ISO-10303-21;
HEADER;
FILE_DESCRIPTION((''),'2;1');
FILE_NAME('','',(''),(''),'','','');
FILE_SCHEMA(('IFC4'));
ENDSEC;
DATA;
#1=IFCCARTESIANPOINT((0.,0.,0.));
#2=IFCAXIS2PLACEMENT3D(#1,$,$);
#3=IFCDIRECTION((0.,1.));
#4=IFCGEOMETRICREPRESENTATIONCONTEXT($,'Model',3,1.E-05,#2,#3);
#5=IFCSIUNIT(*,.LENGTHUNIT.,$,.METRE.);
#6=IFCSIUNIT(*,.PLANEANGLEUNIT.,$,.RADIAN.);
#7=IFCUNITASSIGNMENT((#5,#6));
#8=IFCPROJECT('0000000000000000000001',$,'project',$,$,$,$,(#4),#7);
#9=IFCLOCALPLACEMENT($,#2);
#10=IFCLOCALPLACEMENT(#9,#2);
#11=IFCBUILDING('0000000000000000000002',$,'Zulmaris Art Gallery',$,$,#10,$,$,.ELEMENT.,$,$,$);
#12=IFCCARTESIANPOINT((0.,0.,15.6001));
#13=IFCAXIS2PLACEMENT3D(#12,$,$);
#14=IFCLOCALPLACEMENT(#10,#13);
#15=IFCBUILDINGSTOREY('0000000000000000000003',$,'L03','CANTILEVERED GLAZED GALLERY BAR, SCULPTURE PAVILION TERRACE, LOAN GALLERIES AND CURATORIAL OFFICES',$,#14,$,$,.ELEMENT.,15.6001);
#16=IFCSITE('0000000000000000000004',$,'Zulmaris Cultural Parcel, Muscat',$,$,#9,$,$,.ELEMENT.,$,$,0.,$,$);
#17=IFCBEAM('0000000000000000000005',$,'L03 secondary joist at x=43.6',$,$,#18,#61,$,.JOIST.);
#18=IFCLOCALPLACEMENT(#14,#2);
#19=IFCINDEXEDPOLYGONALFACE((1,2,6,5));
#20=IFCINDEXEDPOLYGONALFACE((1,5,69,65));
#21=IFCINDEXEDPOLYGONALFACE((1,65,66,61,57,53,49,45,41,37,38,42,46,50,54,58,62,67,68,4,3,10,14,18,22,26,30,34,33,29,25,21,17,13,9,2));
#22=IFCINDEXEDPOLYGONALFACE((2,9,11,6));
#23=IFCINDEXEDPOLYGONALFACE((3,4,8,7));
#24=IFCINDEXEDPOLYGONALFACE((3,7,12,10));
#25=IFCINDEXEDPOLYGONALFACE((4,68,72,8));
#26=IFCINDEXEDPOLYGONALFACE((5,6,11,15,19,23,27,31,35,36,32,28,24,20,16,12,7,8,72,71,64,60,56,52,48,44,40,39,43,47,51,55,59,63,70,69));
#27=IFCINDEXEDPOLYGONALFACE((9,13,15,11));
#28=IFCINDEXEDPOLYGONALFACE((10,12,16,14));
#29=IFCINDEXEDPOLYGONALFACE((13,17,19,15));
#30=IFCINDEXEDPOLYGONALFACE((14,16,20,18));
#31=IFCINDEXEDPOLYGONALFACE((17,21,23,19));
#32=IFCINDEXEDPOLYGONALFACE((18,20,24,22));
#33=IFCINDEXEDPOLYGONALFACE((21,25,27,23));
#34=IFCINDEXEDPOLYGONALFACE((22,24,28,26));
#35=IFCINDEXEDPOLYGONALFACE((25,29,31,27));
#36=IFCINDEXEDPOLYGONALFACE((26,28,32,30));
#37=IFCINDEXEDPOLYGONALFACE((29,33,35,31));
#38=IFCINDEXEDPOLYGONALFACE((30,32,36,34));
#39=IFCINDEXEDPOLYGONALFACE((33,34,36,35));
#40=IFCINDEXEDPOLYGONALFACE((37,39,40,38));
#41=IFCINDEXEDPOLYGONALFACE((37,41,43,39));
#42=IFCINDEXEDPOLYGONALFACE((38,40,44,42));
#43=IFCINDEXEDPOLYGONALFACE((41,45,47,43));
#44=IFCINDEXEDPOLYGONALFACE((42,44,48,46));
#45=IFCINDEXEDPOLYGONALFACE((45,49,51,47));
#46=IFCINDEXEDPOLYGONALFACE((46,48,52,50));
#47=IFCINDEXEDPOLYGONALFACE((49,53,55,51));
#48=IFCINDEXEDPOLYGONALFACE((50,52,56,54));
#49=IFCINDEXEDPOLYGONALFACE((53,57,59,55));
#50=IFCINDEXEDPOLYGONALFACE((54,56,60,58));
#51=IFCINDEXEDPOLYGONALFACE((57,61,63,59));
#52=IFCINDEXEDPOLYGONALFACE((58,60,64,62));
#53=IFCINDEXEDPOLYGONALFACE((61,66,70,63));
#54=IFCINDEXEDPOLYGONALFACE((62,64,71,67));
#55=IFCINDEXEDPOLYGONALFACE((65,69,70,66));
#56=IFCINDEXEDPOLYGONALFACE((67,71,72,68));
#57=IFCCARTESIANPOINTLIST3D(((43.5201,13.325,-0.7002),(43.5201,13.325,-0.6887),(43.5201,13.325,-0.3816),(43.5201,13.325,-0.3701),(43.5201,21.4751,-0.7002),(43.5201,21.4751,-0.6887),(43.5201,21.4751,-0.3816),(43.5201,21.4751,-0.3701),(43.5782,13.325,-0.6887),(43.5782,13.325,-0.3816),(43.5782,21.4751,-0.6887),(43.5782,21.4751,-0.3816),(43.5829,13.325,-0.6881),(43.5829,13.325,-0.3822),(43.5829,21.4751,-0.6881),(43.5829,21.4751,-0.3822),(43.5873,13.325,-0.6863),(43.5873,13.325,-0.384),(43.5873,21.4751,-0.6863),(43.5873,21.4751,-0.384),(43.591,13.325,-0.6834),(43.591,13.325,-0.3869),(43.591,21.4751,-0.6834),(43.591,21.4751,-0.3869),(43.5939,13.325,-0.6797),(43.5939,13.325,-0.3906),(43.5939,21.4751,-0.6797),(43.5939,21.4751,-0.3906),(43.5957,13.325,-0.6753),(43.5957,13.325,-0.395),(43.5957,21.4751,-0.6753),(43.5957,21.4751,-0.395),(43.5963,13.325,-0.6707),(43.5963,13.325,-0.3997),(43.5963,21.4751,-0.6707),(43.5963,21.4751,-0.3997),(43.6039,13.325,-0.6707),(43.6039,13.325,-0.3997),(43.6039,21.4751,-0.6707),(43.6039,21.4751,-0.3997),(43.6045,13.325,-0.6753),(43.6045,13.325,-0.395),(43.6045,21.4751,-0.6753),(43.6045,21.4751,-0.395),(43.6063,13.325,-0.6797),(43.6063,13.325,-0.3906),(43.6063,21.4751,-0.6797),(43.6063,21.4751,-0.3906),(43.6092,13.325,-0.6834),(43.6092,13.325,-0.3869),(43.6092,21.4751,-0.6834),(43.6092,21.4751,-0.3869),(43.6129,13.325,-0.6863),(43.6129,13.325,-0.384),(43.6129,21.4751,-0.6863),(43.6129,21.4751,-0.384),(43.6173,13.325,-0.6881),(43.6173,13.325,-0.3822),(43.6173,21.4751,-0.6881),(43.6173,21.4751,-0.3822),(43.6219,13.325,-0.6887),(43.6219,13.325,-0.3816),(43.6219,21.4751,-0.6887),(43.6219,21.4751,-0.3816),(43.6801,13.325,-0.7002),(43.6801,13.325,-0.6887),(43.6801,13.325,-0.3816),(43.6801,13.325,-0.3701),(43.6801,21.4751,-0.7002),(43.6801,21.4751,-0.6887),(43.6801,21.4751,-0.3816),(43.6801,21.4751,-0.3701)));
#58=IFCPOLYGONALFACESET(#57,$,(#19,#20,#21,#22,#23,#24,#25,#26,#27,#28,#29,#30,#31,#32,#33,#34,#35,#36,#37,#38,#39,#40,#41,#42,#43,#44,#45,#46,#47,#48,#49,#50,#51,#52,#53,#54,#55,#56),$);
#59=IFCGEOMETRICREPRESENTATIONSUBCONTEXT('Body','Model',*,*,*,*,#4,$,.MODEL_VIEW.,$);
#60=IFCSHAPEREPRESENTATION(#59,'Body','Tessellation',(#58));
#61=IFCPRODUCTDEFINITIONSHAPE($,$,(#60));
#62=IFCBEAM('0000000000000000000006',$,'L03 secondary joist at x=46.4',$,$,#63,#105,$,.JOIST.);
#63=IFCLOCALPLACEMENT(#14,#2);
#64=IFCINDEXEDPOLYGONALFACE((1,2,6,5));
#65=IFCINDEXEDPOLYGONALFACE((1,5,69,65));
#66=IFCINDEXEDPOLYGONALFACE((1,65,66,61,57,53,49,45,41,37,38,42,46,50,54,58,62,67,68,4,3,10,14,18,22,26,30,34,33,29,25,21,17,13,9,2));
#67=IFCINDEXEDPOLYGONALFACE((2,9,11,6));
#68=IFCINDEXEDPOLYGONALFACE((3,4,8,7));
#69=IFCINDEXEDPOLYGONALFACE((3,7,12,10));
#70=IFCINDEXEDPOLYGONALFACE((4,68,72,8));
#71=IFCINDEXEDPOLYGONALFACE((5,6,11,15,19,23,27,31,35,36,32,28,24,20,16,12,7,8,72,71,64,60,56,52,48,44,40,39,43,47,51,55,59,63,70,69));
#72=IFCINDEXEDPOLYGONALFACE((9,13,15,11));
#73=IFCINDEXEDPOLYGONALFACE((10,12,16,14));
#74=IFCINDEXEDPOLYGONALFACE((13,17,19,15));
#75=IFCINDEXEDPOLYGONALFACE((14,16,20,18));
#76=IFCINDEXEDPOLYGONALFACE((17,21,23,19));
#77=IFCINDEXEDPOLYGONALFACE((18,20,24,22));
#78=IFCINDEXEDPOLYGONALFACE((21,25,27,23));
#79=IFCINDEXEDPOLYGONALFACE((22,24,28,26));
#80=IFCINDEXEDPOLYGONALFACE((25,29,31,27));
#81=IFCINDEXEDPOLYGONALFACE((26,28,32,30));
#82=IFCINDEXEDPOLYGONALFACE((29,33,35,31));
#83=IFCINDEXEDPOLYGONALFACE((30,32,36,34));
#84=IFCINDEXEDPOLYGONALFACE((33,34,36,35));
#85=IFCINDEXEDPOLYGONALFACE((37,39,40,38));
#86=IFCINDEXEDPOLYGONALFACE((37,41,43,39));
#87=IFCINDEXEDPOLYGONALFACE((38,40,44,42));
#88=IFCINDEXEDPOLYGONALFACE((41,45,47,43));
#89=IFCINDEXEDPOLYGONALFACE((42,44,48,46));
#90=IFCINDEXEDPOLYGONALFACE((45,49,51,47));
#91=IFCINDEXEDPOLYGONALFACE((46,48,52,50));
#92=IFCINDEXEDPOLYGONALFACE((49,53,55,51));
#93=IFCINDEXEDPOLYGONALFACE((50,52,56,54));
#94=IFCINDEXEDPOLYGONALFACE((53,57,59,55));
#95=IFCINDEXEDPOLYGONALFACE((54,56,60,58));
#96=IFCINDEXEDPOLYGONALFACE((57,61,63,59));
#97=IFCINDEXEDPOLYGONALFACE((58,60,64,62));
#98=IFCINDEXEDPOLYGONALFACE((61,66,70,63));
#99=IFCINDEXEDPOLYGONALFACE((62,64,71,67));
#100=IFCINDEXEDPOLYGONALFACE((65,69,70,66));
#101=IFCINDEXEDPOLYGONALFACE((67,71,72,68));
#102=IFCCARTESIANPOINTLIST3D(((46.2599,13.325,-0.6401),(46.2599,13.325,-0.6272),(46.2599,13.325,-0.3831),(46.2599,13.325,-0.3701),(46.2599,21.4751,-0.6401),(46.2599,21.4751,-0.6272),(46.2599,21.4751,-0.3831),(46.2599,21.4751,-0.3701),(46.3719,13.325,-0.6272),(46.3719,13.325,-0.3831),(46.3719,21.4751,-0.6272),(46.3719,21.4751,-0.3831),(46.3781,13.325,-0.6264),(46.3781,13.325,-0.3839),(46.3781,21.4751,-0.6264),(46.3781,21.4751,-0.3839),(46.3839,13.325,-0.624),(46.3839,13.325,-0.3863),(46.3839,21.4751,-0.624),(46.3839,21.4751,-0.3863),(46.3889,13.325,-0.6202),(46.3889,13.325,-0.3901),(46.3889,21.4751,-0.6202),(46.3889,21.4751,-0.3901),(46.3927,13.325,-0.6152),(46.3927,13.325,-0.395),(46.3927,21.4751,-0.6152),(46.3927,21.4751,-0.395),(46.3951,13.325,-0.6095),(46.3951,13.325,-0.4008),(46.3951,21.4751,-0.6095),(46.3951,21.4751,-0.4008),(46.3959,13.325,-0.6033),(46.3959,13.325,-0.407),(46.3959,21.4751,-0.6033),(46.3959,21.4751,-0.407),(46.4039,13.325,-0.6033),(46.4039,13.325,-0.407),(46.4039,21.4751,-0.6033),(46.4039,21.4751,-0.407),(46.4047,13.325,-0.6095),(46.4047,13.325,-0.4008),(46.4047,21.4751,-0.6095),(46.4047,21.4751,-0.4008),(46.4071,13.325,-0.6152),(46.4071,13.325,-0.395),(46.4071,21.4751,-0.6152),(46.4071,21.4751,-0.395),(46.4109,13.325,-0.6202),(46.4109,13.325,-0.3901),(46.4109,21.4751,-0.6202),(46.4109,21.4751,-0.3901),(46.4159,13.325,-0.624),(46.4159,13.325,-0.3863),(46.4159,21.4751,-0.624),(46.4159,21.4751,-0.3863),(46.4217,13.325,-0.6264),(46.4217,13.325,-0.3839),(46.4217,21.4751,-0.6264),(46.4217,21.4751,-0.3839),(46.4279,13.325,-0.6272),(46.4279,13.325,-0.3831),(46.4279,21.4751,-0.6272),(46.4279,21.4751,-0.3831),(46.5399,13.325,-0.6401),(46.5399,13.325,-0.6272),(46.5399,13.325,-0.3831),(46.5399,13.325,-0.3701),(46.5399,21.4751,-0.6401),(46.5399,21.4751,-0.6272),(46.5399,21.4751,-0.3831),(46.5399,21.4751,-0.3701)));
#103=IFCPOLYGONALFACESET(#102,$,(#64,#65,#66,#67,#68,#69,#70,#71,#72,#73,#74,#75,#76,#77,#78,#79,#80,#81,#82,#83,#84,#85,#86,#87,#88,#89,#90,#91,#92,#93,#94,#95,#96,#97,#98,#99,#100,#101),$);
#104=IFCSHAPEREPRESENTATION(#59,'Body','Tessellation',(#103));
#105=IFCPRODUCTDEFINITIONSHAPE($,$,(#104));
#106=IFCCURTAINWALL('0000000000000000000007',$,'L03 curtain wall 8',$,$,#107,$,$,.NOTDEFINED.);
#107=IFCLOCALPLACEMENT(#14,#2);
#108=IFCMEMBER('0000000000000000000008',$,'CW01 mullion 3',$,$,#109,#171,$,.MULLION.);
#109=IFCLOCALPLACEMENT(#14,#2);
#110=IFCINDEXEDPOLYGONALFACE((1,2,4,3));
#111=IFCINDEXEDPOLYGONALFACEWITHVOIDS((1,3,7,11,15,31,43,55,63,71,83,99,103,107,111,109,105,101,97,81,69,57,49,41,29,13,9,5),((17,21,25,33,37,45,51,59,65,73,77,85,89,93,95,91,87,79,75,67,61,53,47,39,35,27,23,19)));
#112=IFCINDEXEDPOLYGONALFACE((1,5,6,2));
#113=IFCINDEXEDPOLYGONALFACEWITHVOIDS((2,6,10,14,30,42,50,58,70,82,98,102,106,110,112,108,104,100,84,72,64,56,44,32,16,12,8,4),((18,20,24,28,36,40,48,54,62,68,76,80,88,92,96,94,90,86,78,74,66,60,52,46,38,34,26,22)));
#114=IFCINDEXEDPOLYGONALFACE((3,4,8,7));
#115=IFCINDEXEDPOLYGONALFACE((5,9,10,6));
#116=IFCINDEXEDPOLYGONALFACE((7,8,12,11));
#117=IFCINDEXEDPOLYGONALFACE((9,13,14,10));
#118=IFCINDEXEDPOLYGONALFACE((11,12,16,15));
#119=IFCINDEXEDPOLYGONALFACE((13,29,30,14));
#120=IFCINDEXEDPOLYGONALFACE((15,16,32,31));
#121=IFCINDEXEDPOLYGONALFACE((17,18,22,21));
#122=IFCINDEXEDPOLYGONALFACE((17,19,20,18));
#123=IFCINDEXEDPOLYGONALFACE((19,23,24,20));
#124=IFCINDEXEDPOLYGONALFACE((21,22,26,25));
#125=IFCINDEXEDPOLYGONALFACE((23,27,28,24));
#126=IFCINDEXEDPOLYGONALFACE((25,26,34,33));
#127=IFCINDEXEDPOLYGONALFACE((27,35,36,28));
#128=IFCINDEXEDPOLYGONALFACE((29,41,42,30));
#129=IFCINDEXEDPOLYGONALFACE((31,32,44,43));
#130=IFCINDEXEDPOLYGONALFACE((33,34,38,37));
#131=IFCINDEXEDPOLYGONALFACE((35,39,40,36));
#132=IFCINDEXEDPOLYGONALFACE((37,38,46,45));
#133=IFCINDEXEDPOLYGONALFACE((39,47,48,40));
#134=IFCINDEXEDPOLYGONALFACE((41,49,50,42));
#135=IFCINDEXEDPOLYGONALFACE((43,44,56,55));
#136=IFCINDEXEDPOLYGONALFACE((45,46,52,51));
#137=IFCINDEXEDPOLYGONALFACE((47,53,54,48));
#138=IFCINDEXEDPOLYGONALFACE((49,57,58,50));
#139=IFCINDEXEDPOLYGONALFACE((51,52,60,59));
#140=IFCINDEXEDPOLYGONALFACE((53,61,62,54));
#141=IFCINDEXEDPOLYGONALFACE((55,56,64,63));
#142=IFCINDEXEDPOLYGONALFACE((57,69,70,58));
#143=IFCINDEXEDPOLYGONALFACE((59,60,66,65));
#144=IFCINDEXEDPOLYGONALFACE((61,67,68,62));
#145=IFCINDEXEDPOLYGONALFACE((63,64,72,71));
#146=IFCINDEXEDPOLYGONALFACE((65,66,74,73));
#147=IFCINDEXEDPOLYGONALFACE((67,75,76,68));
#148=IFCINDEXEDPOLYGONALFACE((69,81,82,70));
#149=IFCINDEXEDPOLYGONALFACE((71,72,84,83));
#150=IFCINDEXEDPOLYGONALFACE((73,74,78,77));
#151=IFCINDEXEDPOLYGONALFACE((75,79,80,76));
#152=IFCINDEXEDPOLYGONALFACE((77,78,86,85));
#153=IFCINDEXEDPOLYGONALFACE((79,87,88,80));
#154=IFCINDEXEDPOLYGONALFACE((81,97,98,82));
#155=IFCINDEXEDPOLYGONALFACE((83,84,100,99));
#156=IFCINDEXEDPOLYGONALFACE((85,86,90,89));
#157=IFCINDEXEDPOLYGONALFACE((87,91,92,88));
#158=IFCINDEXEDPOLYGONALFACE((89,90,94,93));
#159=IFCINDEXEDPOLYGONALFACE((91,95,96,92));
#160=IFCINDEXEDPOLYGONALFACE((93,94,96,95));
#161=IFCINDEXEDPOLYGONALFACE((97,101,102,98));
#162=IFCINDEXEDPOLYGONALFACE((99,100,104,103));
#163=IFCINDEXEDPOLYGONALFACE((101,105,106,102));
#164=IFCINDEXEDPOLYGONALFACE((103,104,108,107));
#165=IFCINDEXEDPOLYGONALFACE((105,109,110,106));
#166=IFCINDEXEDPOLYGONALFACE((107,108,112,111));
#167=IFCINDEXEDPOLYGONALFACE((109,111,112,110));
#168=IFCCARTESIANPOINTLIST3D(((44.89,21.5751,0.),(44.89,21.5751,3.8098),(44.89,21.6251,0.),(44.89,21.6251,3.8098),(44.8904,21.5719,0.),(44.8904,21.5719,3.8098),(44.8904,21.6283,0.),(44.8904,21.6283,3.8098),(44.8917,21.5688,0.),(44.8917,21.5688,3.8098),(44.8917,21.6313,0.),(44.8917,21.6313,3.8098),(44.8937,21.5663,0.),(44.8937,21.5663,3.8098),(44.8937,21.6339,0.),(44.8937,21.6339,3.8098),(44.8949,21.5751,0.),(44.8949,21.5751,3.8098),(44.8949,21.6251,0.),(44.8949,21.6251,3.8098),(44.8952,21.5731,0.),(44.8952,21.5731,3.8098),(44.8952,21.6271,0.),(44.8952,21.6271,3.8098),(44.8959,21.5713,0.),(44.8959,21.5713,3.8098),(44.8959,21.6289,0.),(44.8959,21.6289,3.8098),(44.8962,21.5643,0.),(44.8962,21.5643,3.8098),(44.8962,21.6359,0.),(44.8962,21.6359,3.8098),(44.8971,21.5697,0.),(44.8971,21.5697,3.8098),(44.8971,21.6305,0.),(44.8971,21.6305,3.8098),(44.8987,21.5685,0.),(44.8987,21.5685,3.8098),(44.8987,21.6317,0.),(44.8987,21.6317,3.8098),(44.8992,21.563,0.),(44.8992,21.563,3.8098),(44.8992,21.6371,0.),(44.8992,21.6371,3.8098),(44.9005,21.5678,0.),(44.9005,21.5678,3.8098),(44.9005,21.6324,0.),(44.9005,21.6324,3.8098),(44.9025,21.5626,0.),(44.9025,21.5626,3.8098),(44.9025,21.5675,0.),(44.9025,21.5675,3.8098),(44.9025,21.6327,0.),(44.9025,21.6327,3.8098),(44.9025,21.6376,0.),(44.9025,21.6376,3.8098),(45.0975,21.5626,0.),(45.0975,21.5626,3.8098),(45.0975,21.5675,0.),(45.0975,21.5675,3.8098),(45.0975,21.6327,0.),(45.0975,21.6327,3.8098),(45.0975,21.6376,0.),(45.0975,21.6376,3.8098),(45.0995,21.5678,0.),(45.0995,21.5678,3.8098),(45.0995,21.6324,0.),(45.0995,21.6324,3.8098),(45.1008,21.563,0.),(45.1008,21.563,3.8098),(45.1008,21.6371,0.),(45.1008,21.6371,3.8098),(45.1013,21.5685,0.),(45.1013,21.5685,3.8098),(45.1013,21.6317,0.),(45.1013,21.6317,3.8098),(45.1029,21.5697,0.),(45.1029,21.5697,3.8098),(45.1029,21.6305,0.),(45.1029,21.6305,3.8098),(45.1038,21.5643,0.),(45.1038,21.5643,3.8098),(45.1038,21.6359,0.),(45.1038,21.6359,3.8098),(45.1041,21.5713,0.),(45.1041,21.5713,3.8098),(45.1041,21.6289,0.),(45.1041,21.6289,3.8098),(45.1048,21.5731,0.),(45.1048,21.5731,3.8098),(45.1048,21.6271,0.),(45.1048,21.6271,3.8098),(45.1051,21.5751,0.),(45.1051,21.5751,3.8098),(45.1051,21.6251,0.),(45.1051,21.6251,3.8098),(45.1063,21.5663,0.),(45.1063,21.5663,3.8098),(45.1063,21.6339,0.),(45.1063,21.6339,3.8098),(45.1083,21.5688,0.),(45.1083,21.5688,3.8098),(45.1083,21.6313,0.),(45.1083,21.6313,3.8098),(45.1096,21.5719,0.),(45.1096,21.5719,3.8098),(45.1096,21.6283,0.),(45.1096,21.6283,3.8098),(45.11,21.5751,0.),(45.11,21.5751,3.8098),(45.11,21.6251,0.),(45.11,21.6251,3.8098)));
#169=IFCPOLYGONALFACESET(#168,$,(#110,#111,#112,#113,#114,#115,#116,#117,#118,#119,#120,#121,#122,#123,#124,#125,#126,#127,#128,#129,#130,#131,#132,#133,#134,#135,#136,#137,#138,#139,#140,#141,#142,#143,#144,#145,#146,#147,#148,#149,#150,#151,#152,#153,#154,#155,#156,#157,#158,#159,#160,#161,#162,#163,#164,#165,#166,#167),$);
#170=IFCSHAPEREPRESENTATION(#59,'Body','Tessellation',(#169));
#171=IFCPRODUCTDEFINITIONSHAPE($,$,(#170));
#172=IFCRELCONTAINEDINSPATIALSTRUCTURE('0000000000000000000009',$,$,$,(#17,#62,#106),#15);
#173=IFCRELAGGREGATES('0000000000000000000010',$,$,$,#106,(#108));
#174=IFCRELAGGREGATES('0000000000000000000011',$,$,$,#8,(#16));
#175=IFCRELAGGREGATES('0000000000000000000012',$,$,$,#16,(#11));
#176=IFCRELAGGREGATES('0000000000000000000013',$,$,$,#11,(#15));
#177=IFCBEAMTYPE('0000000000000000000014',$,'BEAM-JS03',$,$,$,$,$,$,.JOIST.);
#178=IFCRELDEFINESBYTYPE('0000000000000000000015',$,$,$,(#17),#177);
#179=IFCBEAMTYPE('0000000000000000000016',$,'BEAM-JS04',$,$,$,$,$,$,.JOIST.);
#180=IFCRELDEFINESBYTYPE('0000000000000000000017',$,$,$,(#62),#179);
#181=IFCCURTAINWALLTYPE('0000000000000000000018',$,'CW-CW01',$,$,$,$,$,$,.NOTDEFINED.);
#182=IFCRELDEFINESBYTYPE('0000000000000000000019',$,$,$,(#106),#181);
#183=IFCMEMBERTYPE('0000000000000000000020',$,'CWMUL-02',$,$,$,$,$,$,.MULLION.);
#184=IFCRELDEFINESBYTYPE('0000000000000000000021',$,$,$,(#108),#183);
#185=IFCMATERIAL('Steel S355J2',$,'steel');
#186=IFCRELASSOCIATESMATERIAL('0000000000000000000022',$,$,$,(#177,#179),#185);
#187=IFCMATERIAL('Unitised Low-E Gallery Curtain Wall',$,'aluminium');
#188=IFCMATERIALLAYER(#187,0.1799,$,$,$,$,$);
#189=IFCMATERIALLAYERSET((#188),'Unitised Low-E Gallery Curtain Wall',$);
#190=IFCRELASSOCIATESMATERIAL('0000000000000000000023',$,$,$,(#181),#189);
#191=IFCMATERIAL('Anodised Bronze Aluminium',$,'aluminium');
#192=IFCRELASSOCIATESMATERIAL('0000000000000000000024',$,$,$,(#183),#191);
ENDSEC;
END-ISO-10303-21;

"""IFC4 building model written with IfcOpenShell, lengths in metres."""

from ifc_helpers import new_model, si_unit, direction, frame, origin, origin_2d, place, context, subcontext, project, spatial, hollow_rectangle, i_section, extrude, material, layer, layer_set, material_profile, profile_set, type_object, element, aggregate, save


model = new_model("IFC4")

# Units and contexts
model_context = context("Model", 3, precision=1e-05, world=origin(), true_north=direction((0.0, 1.0)))
body_context = subcontext(model_context, "Body", "Model", "MODEL_VIEW")
ifc_project = project(units=[si_unit("LENGTHUNIT", "METRE"), si_unit("PLANEANGLEUNIT", "RADIAN")], contexts=[model_context])

# Site, building, storey
site_placement = place(None, origin())
site = spatial("IfcSite", under=ifc_project, at=site_placement, Name="Zulmaris Cultural Parcel, Muscat", CompositionType="ELEMENT", RefElevation=0.0)
building_placement = place(site_placement, origin())
building = spatial("IfcBuilding", under=site, at=building_placement, Name="Zulmaris Art Gallery", CompositionType="ELEMENT")
storey_placement = place(building_placement, frame((0.0, 0.0, 15.6001)))
storey = spatial("IfcBuildingStorey", under=building, at=storey_placement, Name="L03", Description="CANTILEVERED GLAZED GALLERY BAR, SCULPTURE PAVILION TERRACE, LOAN GALLERIES AND CURATORIAL OFFICES", CompositionType="ELEMENT", Elevation=15.6001)

# Beams
ifc_material_1 = material(Name="Steel S355J2", Category="steel")
ifc_material_profile_1 = material_profile(ifc_material_1, i_section(OverallWidth=0.1599, OverallDepth=0.3301, WebThickness=0.0076, FlangeThickness=0.0115, FilletRadius=0.0181, at=origin_2d()), Name="IPE 330")
ifc_profile_set_1 = profile_set([ifc_material_profile_1], Name="Steel S355J2")
beam_type_1 = type_object("IfcBeamType", Name="BEAM-JS03", PredefinedType="JOIST", material=ifc_profile_set_1)
beam_1_placement = place(storey_placement, frame((43.6001, 13.325, -0.5352), z_axis=(0.0, 1.0, 0.0), x_axis=(-1.0, 0.0, 0.0)))
element("IfcBeam", 1, at=beam_1_placement, inside=storey, type_object=beam_type_1, Name="L03 secondary joist at x=43.6", PredefinedType="JOIST", context=body_context, shape_type="SweptSolid", body=[
    extrude(i_section(OverallWidth=0.1599, OverallDepth=0.3301, WebThickness=0.0076, FlangeThickness=0.0115, FilletRadius=0.0181, at=origin_2d()), origin(), (0.0, 0.0, 1.0), 8.1501),
])
ifc_material_profile_2 = material_profile(ifc_material_1, i_section(OverallWidth=0.28, OverallDepth=0.27, WebThickness=0.0081, FlangeThickness=0.0129, FilletRadius=0.0239, at=origin_2d()), Name="HEA 280")
ifc_profile_set_2 = profile_set([ifc_material_profile_2], Name="Steel S355J2")
beam_type_2 = type_object("IfcBeamType", Name="BEAM-JS04", PredefinedType="JOIST", material=ifc_profile_set_2)
beam_2_placement = place(storey_placement, frame((46.3999, 13.325, -0.5051), z_axis=(0.0, 1.0, 0.0), x_axis=(-1.0, 0.0, 0.0)))
element("IfcBeam", 2, at=beam_2_placement, inside=storey, type_object=beam_type_2, Name="L03 secondary joist at x=46.4", PredefinedType="JOIST", context=body_context, shape_type="SweptSolid", body=[
    extrude(i_section(OverallWidth=0.28, OverallDepth=0.27, WebThickness=0.0081, FlangeThickness=0.0129, FilletRadius=0.0239, at=origin_2d()), origin(), (0.0, 0.0, 1.0), 8.1501),
])

# Curtain wall, member
ifc_material_2 = material(Name="Unitised Low-E Gallery Curtain Wall", Category="aluminium")
ifc_layer_1 = layer(ifc_material_2, 0.1799)
ifc_layer_set_1 = layer_set([ifc_layer_1], Name="Unitised Low-E Gallery Curtain Wall")
curtain_wall_type_1 = type_object("IfcCurtainWallType", Name="CW-CW01", PredefinedType="NOTDEFINED", material=ifc_layer_set_1)
curtain_wall_1_placement = place(storey_placement, origin())
curtain_wall_1 = element("IfcCurtainWall", 3, at=curtain_wall_1_placement, inside=storey, type_object=curtain_wall_type_1, Name="L03 curtain wall 8", PredefinedType="NOTDEFINED")
ifc_material_3 = material(Name="Anodised Bronze Aluminium", Category="aluminium")
ifc_material_profile_3 = material_profile(ifc_material_3, hollow_rectangle(XDim=0.075, YDim=0.22, WallThickness=0.0049, InnerFilletRadius=0.0076, OuterFilletRadius=0.0125, at=origin_2d()), Name="ALU 75x220x5")
ifc_profile_set_3 = profile_set([ifc_material_profile_3], Name="Anodised Bronze Aluminium")
member_type_1 = type_object("IfcMemberType", Name="CWMUL-02", PredefinedType="MULLION", material=ifc_profile_set_3)
member_1_placement = place(storey_placement, frame((45.0, 21.6001, 0.0), z_axis=(0.0, 0.0, 1.0), x_axis=(0.0, 1.0, 0.0)))
member_1 = element("IfcMember", 4, at=member_1_placement, type_object=member_type_1, Name="CW01 mullion 3", PredefinedType="MULLION", context=body_context, shape_type="SweptSolid", body=[
    extrude(hollow_rectangle(XDim=0.075, YDim=0.22, WallThickness=0.0049, InnerFilletRadius=0.0076, OuterFilletRadius=0.0125, at=origin_2d()), origin(), (0.0, 0.0, 1.0), 3.8098),
])

aggregate(curtain_wall_1, [member_1])

save(model, "model.ifc")
